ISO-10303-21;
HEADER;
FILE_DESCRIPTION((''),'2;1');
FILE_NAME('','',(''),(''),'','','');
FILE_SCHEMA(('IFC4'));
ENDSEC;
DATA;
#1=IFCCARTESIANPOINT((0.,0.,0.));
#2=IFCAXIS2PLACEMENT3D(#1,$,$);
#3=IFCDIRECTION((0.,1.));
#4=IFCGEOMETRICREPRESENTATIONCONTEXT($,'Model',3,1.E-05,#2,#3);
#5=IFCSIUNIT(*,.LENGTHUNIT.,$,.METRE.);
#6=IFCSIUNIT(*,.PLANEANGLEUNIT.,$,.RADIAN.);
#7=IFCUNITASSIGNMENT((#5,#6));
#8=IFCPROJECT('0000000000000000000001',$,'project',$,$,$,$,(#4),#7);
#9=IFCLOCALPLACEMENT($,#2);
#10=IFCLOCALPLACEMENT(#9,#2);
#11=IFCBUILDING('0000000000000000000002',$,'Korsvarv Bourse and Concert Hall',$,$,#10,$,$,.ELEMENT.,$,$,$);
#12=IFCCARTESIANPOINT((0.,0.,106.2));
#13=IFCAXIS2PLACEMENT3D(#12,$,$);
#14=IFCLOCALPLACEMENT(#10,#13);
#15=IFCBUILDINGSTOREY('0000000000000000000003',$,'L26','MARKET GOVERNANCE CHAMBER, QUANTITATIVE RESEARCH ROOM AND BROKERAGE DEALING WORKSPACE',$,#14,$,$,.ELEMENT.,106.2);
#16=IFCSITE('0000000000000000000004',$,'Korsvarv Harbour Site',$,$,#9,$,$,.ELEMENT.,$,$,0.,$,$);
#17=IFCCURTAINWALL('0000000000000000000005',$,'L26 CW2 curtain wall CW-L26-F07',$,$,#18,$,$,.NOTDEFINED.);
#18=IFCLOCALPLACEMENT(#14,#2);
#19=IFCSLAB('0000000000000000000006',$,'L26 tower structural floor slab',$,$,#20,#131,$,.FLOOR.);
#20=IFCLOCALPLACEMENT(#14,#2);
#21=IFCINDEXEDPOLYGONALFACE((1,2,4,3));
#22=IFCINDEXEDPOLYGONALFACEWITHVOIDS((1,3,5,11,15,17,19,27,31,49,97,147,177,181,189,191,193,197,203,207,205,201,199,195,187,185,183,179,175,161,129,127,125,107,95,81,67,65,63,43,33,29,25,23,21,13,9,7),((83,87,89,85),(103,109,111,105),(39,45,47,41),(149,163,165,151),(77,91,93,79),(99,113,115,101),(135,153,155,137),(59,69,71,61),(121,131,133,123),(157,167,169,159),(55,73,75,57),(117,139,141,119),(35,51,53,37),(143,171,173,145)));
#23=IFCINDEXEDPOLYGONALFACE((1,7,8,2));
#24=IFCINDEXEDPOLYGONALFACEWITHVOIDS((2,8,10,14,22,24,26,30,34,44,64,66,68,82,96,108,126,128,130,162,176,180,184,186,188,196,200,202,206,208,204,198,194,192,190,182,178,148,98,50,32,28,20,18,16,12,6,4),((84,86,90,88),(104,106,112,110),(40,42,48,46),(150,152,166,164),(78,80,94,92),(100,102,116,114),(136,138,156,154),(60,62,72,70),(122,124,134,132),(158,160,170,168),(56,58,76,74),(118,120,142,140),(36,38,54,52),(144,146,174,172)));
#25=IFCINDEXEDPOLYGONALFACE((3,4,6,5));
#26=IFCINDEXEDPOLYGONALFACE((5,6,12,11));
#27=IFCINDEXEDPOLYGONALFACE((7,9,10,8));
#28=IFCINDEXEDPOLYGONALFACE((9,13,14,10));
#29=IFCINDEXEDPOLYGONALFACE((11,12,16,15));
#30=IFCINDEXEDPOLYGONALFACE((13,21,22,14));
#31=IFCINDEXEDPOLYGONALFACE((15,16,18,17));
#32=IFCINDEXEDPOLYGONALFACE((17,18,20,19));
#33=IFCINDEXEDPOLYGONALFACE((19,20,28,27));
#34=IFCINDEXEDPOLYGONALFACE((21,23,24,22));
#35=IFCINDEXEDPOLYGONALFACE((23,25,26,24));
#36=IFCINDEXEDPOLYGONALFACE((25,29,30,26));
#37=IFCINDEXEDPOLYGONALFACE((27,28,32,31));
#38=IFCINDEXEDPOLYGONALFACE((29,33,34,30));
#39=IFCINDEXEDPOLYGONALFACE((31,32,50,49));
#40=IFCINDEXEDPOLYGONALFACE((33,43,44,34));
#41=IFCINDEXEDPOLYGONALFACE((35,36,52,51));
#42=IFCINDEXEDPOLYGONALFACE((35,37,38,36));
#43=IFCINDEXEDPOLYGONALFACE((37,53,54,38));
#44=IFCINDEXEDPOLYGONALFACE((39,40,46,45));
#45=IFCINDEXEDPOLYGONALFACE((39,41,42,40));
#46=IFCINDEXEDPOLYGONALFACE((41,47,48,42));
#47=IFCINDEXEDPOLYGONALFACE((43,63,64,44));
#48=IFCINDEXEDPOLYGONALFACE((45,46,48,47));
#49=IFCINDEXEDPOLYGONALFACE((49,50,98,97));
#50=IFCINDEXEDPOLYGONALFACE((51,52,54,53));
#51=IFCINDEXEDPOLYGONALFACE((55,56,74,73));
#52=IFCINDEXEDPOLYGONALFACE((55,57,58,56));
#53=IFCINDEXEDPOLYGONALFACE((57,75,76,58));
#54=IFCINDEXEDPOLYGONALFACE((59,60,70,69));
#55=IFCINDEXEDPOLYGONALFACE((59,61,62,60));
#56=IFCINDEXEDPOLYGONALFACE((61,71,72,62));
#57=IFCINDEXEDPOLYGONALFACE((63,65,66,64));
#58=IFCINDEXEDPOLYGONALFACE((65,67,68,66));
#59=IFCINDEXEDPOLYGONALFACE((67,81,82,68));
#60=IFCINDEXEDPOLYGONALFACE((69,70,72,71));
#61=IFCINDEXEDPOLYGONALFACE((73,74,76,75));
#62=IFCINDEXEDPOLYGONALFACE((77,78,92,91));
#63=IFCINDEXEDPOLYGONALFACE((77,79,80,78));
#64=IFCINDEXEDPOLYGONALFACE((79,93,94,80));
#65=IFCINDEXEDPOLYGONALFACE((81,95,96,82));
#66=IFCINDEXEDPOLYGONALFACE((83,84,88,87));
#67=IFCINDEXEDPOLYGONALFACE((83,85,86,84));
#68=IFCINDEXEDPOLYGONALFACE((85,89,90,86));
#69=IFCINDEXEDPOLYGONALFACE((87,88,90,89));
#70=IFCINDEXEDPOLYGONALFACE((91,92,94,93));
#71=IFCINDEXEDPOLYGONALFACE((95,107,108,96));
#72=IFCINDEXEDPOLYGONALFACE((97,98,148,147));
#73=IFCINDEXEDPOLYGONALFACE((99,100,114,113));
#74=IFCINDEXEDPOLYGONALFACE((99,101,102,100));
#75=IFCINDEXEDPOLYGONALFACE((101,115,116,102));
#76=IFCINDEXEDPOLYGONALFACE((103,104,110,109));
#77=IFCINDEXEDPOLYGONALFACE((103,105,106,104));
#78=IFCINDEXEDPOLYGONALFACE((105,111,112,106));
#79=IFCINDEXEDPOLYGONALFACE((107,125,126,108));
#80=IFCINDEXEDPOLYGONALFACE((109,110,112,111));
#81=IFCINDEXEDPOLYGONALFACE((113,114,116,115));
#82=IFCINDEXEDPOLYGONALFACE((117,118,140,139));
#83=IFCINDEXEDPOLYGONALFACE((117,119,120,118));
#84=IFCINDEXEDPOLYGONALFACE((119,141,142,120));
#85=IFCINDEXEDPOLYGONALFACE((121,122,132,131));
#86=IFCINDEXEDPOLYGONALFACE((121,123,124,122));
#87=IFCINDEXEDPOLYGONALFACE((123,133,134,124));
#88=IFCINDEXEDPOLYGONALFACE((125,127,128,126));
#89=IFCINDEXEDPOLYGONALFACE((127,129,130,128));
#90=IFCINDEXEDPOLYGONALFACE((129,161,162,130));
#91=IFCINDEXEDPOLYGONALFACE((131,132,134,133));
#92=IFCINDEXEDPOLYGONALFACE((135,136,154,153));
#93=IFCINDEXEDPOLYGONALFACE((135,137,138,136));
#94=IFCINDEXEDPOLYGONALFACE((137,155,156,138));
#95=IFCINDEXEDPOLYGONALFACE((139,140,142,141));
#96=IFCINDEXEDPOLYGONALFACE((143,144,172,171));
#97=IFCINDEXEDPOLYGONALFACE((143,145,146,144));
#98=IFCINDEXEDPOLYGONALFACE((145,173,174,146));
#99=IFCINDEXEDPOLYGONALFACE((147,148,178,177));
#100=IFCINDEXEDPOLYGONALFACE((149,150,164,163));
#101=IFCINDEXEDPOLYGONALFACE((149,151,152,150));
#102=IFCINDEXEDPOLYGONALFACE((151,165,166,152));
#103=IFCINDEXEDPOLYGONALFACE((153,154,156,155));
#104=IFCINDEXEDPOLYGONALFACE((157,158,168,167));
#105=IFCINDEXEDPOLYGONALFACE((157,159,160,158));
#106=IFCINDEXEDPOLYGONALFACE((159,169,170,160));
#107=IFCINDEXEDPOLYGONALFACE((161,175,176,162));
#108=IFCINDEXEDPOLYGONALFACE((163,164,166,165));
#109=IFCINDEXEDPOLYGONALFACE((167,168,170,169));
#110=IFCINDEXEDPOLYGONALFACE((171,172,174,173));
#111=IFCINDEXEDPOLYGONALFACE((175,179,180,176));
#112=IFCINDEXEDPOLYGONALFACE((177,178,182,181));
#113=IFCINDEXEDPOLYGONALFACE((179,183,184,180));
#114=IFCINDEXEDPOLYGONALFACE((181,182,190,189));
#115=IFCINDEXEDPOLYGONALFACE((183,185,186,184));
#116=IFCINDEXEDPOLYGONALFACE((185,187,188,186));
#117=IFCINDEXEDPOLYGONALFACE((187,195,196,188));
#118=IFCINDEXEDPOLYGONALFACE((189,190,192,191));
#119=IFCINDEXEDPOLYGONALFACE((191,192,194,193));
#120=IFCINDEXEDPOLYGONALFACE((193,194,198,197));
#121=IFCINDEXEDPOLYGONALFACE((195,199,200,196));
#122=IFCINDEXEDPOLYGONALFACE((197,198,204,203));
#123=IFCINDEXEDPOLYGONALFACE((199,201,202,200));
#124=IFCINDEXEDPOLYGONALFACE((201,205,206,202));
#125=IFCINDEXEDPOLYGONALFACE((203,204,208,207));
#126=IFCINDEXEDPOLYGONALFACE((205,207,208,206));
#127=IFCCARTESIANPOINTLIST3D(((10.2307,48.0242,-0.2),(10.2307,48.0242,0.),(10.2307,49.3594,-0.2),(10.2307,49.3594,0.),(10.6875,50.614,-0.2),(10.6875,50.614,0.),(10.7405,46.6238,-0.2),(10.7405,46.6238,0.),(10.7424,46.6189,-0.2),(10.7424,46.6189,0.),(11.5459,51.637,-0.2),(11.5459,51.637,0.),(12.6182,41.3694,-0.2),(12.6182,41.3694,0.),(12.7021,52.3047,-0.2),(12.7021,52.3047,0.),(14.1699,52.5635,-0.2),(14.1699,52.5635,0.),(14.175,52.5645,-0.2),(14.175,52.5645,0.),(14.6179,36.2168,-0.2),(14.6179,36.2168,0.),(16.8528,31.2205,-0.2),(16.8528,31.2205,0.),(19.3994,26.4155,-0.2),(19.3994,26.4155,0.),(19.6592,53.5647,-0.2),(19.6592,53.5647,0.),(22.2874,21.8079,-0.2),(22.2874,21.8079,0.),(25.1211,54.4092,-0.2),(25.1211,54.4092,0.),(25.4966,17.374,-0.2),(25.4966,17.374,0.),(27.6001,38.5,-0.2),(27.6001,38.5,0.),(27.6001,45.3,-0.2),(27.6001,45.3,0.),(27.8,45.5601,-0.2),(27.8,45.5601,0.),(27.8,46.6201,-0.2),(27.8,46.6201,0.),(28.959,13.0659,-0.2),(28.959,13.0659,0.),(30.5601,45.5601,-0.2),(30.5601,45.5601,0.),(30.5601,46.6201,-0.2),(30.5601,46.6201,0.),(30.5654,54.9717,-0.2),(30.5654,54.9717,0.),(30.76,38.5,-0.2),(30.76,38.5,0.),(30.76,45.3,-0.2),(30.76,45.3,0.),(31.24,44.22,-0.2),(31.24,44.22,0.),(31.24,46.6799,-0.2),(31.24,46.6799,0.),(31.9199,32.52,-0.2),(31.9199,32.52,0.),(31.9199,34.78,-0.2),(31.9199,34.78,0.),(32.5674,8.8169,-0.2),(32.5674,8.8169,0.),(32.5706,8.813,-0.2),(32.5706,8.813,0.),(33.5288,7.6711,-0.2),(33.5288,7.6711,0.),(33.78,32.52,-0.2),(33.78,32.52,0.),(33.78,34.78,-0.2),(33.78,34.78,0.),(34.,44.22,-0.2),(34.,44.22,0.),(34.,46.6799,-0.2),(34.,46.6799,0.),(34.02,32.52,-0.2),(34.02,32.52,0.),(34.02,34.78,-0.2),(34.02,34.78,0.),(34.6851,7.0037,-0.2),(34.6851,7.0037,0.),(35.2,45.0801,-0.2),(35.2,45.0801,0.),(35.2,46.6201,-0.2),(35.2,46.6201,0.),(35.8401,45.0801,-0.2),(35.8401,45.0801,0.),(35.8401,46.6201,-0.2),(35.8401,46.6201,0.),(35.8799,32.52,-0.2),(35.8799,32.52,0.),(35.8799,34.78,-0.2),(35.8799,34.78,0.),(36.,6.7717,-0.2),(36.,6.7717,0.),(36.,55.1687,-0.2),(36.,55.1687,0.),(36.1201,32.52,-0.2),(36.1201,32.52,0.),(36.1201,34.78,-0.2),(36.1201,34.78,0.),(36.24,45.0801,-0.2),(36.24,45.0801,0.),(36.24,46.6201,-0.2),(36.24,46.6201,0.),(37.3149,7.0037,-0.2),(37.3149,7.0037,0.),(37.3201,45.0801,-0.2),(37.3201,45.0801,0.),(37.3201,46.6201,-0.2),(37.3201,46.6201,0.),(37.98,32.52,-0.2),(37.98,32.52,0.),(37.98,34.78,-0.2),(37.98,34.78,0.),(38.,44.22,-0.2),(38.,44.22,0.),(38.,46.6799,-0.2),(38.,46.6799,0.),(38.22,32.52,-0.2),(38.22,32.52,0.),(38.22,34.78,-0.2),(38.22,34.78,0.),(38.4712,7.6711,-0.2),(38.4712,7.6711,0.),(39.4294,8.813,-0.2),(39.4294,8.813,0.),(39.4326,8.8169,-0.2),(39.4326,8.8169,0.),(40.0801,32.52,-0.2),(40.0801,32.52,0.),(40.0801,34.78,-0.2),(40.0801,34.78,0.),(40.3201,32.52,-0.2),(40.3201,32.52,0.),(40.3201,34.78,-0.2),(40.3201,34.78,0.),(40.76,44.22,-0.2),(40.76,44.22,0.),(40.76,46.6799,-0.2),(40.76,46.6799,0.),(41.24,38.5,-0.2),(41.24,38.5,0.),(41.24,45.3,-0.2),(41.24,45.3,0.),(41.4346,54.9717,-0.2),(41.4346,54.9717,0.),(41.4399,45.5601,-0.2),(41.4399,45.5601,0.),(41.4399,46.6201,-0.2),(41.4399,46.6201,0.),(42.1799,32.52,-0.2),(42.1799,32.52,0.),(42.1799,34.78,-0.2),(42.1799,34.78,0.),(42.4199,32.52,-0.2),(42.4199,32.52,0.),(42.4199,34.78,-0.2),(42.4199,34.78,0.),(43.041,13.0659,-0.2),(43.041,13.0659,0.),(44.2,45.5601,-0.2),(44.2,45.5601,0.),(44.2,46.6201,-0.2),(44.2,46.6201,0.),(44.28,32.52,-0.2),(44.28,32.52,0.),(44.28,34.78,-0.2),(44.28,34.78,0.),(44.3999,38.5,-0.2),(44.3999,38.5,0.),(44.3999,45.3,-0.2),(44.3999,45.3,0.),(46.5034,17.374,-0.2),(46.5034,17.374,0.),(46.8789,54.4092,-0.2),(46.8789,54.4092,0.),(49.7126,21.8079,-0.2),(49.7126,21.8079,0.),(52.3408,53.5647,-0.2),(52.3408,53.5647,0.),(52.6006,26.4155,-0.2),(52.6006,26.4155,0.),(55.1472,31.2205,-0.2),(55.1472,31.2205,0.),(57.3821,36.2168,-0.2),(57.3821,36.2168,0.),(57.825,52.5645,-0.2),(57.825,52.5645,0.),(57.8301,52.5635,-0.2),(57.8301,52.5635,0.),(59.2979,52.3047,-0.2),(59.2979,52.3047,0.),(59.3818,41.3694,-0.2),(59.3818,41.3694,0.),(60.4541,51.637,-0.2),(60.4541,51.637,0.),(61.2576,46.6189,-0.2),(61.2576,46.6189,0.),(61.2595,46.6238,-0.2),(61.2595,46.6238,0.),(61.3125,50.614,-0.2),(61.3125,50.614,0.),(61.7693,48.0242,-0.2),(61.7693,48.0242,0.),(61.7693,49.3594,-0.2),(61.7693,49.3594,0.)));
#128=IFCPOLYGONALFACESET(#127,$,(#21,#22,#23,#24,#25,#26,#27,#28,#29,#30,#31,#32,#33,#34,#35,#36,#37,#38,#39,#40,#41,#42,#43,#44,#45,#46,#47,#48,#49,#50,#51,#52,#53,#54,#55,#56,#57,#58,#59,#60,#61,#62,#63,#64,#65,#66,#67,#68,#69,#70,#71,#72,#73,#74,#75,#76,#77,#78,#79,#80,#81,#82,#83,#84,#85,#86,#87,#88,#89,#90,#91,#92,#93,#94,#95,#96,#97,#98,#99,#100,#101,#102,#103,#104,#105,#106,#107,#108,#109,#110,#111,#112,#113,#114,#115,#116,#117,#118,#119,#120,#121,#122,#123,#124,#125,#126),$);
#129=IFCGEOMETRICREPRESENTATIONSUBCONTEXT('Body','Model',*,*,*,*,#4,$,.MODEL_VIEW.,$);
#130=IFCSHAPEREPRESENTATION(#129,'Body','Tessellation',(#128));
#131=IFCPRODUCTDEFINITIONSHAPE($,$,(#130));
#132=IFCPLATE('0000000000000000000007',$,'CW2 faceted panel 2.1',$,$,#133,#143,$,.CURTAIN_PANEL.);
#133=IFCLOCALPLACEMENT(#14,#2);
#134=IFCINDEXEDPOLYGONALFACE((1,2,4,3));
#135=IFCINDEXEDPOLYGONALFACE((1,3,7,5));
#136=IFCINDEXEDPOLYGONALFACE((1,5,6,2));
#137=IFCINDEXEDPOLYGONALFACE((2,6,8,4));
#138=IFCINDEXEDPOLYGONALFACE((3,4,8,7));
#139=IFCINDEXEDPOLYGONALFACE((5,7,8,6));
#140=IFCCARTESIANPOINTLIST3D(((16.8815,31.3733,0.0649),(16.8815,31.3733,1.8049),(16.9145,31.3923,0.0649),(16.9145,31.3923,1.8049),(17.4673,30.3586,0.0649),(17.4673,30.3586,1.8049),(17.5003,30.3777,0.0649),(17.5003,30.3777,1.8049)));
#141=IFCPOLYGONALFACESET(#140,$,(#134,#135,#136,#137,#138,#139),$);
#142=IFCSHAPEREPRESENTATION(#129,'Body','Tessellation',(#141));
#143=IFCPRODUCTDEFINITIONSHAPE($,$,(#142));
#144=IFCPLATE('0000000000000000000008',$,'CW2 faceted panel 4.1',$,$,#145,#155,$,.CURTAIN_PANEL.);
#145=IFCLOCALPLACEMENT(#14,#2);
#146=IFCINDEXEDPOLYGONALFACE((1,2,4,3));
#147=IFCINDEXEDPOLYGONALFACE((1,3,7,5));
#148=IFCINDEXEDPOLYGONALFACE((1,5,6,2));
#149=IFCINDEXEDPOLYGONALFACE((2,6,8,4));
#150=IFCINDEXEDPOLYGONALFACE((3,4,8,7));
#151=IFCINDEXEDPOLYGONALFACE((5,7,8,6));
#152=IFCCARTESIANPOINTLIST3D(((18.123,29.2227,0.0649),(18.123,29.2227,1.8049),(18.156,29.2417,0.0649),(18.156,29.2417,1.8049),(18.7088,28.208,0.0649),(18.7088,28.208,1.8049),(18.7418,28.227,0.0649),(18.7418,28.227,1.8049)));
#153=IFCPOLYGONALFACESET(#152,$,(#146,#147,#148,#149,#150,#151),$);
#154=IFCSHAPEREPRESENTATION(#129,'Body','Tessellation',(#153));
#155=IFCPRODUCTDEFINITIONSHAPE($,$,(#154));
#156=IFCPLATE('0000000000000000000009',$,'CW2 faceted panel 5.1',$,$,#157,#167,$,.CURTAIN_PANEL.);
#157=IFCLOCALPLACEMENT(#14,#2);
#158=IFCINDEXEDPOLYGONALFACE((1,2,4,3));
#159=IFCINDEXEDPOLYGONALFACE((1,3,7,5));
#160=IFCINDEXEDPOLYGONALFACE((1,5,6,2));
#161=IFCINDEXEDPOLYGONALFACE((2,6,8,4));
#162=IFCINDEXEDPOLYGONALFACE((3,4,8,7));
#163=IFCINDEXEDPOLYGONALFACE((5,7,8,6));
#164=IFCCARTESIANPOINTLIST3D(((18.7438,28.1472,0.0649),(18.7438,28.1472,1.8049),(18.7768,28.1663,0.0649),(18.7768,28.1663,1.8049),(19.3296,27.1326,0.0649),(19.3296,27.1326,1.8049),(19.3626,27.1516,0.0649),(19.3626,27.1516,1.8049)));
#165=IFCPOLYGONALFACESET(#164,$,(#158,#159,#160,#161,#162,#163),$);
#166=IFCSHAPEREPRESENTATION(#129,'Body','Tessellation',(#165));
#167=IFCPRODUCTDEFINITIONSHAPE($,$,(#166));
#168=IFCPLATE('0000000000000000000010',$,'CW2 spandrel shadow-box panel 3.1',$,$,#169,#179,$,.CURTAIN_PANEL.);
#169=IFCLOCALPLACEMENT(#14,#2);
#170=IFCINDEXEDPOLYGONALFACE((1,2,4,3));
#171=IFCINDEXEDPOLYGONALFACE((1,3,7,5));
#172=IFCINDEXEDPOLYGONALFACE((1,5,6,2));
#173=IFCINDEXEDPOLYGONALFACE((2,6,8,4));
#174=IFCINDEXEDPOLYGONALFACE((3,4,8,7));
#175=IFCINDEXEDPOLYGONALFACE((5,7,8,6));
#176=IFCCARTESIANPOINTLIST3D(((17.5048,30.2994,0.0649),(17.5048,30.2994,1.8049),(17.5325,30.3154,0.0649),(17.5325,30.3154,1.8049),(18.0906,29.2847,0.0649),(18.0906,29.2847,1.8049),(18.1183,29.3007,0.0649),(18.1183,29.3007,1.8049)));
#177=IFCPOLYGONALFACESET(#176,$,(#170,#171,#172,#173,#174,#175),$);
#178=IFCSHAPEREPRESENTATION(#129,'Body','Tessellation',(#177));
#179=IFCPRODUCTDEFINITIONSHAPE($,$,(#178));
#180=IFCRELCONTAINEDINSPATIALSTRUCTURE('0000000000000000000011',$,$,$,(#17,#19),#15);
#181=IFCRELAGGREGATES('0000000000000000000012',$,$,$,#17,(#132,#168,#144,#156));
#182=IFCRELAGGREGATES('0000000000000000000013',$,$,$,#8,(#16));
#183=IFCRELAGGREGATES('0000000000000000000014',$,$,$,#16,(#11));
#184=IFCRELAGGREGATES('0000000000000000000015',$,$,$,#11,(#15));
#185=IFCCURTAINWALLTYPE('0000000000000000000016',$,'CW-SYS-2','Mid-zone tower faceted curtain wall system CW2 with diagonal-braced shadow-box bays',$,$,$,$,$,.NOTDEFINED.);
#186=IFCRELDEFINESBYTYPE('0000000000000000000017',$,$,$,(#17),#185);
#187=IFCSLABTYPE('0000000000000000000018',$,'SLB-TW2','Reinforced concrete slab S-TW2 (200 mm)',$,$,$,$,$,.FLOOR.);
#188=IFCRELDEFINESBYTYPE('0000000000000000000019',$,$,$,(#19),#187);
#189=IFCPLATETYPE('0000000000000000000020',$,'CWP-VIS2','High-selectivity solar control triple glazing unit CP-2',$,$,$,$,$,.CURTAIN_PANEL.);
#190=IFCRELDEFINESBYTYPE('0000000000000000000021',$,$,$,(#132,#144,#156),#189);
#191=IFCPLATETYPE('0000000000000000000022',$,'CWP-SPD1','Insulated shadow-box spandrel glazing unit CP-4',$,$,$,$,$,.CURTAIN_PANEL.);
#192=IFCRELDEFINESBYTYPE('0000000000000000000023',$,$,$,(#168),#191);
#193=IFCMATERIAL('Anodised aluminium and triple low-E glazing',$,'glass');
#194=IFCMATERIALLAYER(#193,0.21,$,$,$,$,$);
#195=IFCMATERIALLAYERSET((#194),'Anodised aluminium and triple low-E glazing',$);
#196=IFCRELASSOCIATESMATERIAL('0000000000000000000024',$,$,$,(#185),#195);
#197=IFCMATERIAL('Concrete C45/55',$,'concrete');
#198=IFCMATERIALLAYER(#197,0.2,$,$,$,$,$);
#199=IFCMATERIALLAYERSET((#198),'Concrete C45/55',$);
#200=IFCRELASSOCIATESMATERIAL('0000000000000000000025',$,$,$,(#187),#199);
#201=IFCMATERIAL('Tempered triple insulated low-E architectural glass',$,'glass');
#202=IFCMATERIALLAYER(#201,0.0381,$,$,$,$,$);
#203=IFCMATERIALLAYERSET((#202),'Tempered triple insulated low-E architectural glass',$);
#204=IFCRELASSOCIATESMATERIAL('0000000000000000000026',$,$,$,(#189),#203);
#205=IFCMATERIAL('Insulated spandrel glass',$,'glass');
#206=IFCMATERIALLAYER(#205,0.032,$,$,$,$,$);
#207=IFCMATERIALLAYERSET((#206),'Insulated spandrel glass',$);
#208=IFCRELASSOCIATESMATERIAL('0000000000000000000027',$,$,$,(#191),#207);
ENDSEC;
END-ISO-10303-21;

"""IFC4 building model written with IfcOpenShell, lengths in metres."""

from ifc_helpers import new_model, si_unit, direction, frame, origin, origin_2d, place, context, subcontext, project, spatial, polyline, rectangle, outline, extrude, source, transform, mapped, material, layer, layer_set, type_object, element, aggregate, save


model = new_model("IFC4")

# Units and contexts
model_context = context("Model", 3, precision=1e-05, world=origin(), true_north=direction((0.0, 1.0)))
body_context = subcontext(model_context, "Body", "Model", "MODEL_VIEW")
ifc_project = project(units=[si_unit("LENGTHUNIT", "METRE"), si_unit("PLANEANGLEUNIT", "RADIAN")], contexts=[model_context])

# Site, building, storey
site_placement = place(None, origin())
site = spatial("IfcSite", under=ifc_project, at=site_placement, Name="Korsvarv Harbour Site", CompositionType="ELEMENT", RefElevation=0.0)
building_placement = place(site_placement, origin())
building = spatial("IfcBuilding", under=site, at=building_placement, Name="Korsvarv Bourse and Concert Hall", CompositionType="ELEMENT")
storey_placement = place(building_placement, frame((0.0, 0.0, 106.2)))
storey = spatial("IfcBuildingStorey", under=building, at=storey_placement, Name="L26", Description="MARKET GOVERNANCE CHAMBER, QUANTITATIVE RESEARCH ROOM AND BROKERAGE DEALING WORKSPACE", CompositionType="ELEMENT", Elevation=106.2)

# Curtain wall
ifc_material_1 = material(Name="Anodised aluminium and triple low-E glazing", Category="glass")
ifc_layer_1 = layer(ifc_material_1, 0.21)
ifc_layer_set_1 = layer_set([ifc_layer_1], Name="Anodised aluminium and triple low-E glazing")
curtain_wall_type = type_object("IfcCurtainWallType", Name="CW-SYS-2", Description="Mid-zone tower faceted curtain wall system CW2 with diagonal-braced shadow-box bays", PredefinedType="NOTDEFINED", material=ifc_layer_set_1)
curtain_wall_placement = place(storey_placement, origin())
curtain_wall = element("IfcCurtainWall", 1, at=curtain_wall_placement, inside=storey, type_object=curtain_wall_type, Name="L26 CW2 curtain wall CW-L26-F07", PredefinedType="NOTDEFINED")

# Slab
ifc_material_2 = material(Name="Concrete C45/55", Category="concrete")
ifc_layer_2 = layer(ifc_material_2, 0.2)
ifc_layer_set_2 = layer_set([ifc_layer_2], Name="Concrete C45/55")
slab_type_1 = type_object("IfcSlabType", Name="SLB-TW2", Description="Reinforced concrete slab S-TW2 (200 mm)", PredefinedType="FLOOR", material=ifc_layer_set_2)
slab_1_placement = place(storey_placement, frame((0.0, 0.0, -0.2)))
element("IfcSlab", 2, at=slab_1_placement, inside=storey, type_object=slab_type_1, Name="L26 tower structural floor slab", PredefinedType="FLOOR", context=body_context, shape_type="SweptSolid", body=[
    extrude(outline(polyline([(61.2576, 46.6189), (59.3818, 41.3694), (57.3821, 36.2168), (55.1472, 31.2205), (52.6006, 26.4155), (49.7126, 21.8079), (46.5034, 17.374), (43.041, 13.0659), (39.4326, 8.8169), (39.4294, 8.813), (38.4712, 7.6711), (37.3149, 7.0037), (36.0, 6.7717), (34.6851, 7.0037), (33.5288, 7.6711), (32.5706, 8.813), (32.5674, 8.8169), (28.959, 13.0659), (25.4966, 17.374), (22.2874, 21.8079), (19.3994, 26.4155), (16.8528, 31.2205), (14.6179, 36.2168), (12.6182, 41.3694), (10.7424, 46.6189), (10.7405, 46.6238), (10.2307, 48.0242), (10.2307, 49.3594), (10.6875, 50.614), (11.5459, 51.637), (12.7021, 52.3047), (14.1699, 52.5635), (14.175, 52.5645), (19.6592, 53.5647), (25.1211, 54.4092), (30.5654, 54.9717), (36.0, 55.1687), (41.4346, 54.9717), (46.8789, 54.4092), (52.3408, 53.5647), (57.825, 52.5645), (57.8301, 52.5635), (59.2979, 52.3047), (60.4541, 51.637), (61.3125, 50.614), (61.7693, 49.3594), (61.7693, 48.0242), (61.2595, 46.6238), (61.2576, 46.6189)]), holes=[polyline([(30.76, 38.5), (30.76, 45.3), (27.6001, 45.3), (27.6001, 38.5), (30.76, 38.5)]), polyline([(44.3999, 38.5), (44.3999, 45.3), (41.24, 45.3), (41.24, 38.5), (44.3999, 38.5)]), polyline([(31.24, 44.22), (34.0, 44.22), (34.0, 46.6799), (31.24, 46.6799), (31.24, 44.22)]), polyline([(38.0, 44.22), (40.76, 44.22), (40.76, 46.6799), (38.0, 46.6799), (38.0, 44.22)]), polyline([(31.9199, 32.52), (33.78, 32.52), (33.78, 34.78), (31.9199, 34.78), (31.9199, 32.52)]), polyline([(34.02, 32.52), (35.8799, 32.52), (35.8799, 34.78), (34.02, 34.78), (34.02, 32.52)]), polyline([(36.1201, 32.52), (37.98, 32.52), (37.98, 34.78), (36.1201, 34.78), (36.1201, 32.52)]), polyline([(38.22, 32.52), (40.0801, 32.52), (40.0801, 34.78), (38.22, 34.78), (38.22, 32.52)]), polyline([(40.3201, 32.52), (42.1799, 32.52), (42.1799, 34.78), (40.3201, 34.78), (40.3201, 32.52)]), polyline([(42.4199, 32.52), (44.28, 32.52), (44.28, 34.78), (42.4199, 34.78), (42.4199, 32.52)]), polyline([(27.8, 45.5601), (30.5601, 45.5601), (30.5601, 46.6201), (27.8, 46.6201), (27.8, 45.5601)]), polyline([(41.4399, 45.5601), (44.2, 45.5601), (44.2, 46.6201), (41.4399, 46.6201), (41.4399, 45.5601)]), polyline([(35.2, 45.0801), (35.8401, 45.0801), (35.8401, 46.6201), (35.2, 46.6201), (35.2, 45.0801)]), polyline([(36.24, 45.0801), (37.3201, 45.0801), (37.3201, 46.6201), (36.24, 46.6201), (36.24, 45.0801)])]), origin(), (0.0, 0.0, 1.0), 0.2),
])

# Plates
ifc_material_3 = material(Name="Tempered triple insulated low-E architectural glass", Category="glass")
ifc_layer_3 = layer(ifc_material_3, 0.0381)
ifc_layer_set_3 = layer_set([ifc_layer_3], Name="Tempered triple insulated low-E architectural glass")
plate_type_1 = type_object("IfcPlateType", Name="CWP-VIS2", Description="High-selectivity solar control triple glazing unit CP-2", PredefinedType="CURTAIN_PANEL", material=ifc_layer_set_3)
shared_shape_1 = source(origin(), body_context, "Body", "SweptSolid", [
    extrude(rectangle(XDim=1.1716, YDim=0.0381, at=origin_2d()), origin(), (0.0, 0.0, 1.0), 1.74),
])
plate_1_placement = place(storey_placement, frame((17.1909, 30.8755, 0.0649), z_axis=(0.0, 0.0, 1.0), x_axis=(0.500002, -0.866024, 0.0)))
plate_1 = element("IfcPlate", 3, at=plate_1_placement, type_object=plate_type_1, Name="CW2 faceted panel 2.1", PredefinedType="CURTAIN_PANEL", context=body_context, shape_type="MappedRepresentation", body=[
    mapped(shared_shape_1, transform((0.0, 0.0, 0.0), scale=1.0)),
])
plate_2_placement = place(storey_placement, frame((18.4324, 28.7249, 0.0649), z_axis=(0.0, 0.0, 1.0), x_axis=(0.500002, -0.866024, 0.0)))
plate_2 = element("IfcPlate", 4, at=plate_2_placement, type_object=plate_type_1, Name="CW2 faceted panel 4.1", PredefinedType="CURTAIN_PANEL", context=body_context, shape_type="MappedRepresentation", body=[
    mapped(shared_shape_1, transform((0.0, 0.0, 0.0), scale=1.0)),
])
plate_3_placement = place(storey_placement, frame((19.0532, 27.6494, 0.0649), z_axis=(0.0, 0.0, 1.0), x_axis=(0.500002, -0.866024, 0.0)))
plate_3 = element("IfcPlate", 5, at=plate_3_placement, type_object=plate_type_1, Name="CW2 faceted panel 5.1", PredefinedType="CURTAIN_PANEL", context=body_context, shape_type="MappedRepresentation", body=[
    mapped(shared_shape_1, transform((0.0, 0.0, 0.0), scale=1.0)),
])
ifc_material_4 = material(Name="Insulated spandrel glass", Category="glass")
ifc_layer_4 = layer(ifc_material_4, 0.032)
ifc_layer_set_4 = layer_set([ifc_layer_4], Name="Insulated spandrel glass")
plate_type_2 = type_object("IfcPlateType", Name="CWP-SPD1", Description="Insulated shadow-box spandrel glazing unit CP-4", PredefinedType="CURTAIN_PANEL", material=ifc_layer_set_4)
shared_shape_2 = source(origin(), body_context, "Body", "SweptSolid", [
    extrude(rectangle(XDim=1.1716, YDim=0.032, at=origin_2d()), origin(), (0.0, 0.0, 1.0), 1.74),
])
plate_4_placement = place(storey_placement, frame((17.8115, 29.8, 0.0649), z_axis=(0.0, 0.0, 1.0), x_axis=(0.500002, -0.866024, 0.0)))
plate_4 = element("IfcPlate", 6, at=plate_4_placement, type_object=plate_type_2, Name="CW2 spandrel shadow-box panel 3.1", PredefinedType="CURTAIN_PANEL", context=body_context, shape_type="MappedRepresentation", body=[
    mapped(shared_shape_2, transform((0.0, 0.0, 0.0), scale=1.0)),
])
aggregate(curtain_wall, [plate_1, plate_4, plate_2, plate_3])

save(model, "model.ifc")
